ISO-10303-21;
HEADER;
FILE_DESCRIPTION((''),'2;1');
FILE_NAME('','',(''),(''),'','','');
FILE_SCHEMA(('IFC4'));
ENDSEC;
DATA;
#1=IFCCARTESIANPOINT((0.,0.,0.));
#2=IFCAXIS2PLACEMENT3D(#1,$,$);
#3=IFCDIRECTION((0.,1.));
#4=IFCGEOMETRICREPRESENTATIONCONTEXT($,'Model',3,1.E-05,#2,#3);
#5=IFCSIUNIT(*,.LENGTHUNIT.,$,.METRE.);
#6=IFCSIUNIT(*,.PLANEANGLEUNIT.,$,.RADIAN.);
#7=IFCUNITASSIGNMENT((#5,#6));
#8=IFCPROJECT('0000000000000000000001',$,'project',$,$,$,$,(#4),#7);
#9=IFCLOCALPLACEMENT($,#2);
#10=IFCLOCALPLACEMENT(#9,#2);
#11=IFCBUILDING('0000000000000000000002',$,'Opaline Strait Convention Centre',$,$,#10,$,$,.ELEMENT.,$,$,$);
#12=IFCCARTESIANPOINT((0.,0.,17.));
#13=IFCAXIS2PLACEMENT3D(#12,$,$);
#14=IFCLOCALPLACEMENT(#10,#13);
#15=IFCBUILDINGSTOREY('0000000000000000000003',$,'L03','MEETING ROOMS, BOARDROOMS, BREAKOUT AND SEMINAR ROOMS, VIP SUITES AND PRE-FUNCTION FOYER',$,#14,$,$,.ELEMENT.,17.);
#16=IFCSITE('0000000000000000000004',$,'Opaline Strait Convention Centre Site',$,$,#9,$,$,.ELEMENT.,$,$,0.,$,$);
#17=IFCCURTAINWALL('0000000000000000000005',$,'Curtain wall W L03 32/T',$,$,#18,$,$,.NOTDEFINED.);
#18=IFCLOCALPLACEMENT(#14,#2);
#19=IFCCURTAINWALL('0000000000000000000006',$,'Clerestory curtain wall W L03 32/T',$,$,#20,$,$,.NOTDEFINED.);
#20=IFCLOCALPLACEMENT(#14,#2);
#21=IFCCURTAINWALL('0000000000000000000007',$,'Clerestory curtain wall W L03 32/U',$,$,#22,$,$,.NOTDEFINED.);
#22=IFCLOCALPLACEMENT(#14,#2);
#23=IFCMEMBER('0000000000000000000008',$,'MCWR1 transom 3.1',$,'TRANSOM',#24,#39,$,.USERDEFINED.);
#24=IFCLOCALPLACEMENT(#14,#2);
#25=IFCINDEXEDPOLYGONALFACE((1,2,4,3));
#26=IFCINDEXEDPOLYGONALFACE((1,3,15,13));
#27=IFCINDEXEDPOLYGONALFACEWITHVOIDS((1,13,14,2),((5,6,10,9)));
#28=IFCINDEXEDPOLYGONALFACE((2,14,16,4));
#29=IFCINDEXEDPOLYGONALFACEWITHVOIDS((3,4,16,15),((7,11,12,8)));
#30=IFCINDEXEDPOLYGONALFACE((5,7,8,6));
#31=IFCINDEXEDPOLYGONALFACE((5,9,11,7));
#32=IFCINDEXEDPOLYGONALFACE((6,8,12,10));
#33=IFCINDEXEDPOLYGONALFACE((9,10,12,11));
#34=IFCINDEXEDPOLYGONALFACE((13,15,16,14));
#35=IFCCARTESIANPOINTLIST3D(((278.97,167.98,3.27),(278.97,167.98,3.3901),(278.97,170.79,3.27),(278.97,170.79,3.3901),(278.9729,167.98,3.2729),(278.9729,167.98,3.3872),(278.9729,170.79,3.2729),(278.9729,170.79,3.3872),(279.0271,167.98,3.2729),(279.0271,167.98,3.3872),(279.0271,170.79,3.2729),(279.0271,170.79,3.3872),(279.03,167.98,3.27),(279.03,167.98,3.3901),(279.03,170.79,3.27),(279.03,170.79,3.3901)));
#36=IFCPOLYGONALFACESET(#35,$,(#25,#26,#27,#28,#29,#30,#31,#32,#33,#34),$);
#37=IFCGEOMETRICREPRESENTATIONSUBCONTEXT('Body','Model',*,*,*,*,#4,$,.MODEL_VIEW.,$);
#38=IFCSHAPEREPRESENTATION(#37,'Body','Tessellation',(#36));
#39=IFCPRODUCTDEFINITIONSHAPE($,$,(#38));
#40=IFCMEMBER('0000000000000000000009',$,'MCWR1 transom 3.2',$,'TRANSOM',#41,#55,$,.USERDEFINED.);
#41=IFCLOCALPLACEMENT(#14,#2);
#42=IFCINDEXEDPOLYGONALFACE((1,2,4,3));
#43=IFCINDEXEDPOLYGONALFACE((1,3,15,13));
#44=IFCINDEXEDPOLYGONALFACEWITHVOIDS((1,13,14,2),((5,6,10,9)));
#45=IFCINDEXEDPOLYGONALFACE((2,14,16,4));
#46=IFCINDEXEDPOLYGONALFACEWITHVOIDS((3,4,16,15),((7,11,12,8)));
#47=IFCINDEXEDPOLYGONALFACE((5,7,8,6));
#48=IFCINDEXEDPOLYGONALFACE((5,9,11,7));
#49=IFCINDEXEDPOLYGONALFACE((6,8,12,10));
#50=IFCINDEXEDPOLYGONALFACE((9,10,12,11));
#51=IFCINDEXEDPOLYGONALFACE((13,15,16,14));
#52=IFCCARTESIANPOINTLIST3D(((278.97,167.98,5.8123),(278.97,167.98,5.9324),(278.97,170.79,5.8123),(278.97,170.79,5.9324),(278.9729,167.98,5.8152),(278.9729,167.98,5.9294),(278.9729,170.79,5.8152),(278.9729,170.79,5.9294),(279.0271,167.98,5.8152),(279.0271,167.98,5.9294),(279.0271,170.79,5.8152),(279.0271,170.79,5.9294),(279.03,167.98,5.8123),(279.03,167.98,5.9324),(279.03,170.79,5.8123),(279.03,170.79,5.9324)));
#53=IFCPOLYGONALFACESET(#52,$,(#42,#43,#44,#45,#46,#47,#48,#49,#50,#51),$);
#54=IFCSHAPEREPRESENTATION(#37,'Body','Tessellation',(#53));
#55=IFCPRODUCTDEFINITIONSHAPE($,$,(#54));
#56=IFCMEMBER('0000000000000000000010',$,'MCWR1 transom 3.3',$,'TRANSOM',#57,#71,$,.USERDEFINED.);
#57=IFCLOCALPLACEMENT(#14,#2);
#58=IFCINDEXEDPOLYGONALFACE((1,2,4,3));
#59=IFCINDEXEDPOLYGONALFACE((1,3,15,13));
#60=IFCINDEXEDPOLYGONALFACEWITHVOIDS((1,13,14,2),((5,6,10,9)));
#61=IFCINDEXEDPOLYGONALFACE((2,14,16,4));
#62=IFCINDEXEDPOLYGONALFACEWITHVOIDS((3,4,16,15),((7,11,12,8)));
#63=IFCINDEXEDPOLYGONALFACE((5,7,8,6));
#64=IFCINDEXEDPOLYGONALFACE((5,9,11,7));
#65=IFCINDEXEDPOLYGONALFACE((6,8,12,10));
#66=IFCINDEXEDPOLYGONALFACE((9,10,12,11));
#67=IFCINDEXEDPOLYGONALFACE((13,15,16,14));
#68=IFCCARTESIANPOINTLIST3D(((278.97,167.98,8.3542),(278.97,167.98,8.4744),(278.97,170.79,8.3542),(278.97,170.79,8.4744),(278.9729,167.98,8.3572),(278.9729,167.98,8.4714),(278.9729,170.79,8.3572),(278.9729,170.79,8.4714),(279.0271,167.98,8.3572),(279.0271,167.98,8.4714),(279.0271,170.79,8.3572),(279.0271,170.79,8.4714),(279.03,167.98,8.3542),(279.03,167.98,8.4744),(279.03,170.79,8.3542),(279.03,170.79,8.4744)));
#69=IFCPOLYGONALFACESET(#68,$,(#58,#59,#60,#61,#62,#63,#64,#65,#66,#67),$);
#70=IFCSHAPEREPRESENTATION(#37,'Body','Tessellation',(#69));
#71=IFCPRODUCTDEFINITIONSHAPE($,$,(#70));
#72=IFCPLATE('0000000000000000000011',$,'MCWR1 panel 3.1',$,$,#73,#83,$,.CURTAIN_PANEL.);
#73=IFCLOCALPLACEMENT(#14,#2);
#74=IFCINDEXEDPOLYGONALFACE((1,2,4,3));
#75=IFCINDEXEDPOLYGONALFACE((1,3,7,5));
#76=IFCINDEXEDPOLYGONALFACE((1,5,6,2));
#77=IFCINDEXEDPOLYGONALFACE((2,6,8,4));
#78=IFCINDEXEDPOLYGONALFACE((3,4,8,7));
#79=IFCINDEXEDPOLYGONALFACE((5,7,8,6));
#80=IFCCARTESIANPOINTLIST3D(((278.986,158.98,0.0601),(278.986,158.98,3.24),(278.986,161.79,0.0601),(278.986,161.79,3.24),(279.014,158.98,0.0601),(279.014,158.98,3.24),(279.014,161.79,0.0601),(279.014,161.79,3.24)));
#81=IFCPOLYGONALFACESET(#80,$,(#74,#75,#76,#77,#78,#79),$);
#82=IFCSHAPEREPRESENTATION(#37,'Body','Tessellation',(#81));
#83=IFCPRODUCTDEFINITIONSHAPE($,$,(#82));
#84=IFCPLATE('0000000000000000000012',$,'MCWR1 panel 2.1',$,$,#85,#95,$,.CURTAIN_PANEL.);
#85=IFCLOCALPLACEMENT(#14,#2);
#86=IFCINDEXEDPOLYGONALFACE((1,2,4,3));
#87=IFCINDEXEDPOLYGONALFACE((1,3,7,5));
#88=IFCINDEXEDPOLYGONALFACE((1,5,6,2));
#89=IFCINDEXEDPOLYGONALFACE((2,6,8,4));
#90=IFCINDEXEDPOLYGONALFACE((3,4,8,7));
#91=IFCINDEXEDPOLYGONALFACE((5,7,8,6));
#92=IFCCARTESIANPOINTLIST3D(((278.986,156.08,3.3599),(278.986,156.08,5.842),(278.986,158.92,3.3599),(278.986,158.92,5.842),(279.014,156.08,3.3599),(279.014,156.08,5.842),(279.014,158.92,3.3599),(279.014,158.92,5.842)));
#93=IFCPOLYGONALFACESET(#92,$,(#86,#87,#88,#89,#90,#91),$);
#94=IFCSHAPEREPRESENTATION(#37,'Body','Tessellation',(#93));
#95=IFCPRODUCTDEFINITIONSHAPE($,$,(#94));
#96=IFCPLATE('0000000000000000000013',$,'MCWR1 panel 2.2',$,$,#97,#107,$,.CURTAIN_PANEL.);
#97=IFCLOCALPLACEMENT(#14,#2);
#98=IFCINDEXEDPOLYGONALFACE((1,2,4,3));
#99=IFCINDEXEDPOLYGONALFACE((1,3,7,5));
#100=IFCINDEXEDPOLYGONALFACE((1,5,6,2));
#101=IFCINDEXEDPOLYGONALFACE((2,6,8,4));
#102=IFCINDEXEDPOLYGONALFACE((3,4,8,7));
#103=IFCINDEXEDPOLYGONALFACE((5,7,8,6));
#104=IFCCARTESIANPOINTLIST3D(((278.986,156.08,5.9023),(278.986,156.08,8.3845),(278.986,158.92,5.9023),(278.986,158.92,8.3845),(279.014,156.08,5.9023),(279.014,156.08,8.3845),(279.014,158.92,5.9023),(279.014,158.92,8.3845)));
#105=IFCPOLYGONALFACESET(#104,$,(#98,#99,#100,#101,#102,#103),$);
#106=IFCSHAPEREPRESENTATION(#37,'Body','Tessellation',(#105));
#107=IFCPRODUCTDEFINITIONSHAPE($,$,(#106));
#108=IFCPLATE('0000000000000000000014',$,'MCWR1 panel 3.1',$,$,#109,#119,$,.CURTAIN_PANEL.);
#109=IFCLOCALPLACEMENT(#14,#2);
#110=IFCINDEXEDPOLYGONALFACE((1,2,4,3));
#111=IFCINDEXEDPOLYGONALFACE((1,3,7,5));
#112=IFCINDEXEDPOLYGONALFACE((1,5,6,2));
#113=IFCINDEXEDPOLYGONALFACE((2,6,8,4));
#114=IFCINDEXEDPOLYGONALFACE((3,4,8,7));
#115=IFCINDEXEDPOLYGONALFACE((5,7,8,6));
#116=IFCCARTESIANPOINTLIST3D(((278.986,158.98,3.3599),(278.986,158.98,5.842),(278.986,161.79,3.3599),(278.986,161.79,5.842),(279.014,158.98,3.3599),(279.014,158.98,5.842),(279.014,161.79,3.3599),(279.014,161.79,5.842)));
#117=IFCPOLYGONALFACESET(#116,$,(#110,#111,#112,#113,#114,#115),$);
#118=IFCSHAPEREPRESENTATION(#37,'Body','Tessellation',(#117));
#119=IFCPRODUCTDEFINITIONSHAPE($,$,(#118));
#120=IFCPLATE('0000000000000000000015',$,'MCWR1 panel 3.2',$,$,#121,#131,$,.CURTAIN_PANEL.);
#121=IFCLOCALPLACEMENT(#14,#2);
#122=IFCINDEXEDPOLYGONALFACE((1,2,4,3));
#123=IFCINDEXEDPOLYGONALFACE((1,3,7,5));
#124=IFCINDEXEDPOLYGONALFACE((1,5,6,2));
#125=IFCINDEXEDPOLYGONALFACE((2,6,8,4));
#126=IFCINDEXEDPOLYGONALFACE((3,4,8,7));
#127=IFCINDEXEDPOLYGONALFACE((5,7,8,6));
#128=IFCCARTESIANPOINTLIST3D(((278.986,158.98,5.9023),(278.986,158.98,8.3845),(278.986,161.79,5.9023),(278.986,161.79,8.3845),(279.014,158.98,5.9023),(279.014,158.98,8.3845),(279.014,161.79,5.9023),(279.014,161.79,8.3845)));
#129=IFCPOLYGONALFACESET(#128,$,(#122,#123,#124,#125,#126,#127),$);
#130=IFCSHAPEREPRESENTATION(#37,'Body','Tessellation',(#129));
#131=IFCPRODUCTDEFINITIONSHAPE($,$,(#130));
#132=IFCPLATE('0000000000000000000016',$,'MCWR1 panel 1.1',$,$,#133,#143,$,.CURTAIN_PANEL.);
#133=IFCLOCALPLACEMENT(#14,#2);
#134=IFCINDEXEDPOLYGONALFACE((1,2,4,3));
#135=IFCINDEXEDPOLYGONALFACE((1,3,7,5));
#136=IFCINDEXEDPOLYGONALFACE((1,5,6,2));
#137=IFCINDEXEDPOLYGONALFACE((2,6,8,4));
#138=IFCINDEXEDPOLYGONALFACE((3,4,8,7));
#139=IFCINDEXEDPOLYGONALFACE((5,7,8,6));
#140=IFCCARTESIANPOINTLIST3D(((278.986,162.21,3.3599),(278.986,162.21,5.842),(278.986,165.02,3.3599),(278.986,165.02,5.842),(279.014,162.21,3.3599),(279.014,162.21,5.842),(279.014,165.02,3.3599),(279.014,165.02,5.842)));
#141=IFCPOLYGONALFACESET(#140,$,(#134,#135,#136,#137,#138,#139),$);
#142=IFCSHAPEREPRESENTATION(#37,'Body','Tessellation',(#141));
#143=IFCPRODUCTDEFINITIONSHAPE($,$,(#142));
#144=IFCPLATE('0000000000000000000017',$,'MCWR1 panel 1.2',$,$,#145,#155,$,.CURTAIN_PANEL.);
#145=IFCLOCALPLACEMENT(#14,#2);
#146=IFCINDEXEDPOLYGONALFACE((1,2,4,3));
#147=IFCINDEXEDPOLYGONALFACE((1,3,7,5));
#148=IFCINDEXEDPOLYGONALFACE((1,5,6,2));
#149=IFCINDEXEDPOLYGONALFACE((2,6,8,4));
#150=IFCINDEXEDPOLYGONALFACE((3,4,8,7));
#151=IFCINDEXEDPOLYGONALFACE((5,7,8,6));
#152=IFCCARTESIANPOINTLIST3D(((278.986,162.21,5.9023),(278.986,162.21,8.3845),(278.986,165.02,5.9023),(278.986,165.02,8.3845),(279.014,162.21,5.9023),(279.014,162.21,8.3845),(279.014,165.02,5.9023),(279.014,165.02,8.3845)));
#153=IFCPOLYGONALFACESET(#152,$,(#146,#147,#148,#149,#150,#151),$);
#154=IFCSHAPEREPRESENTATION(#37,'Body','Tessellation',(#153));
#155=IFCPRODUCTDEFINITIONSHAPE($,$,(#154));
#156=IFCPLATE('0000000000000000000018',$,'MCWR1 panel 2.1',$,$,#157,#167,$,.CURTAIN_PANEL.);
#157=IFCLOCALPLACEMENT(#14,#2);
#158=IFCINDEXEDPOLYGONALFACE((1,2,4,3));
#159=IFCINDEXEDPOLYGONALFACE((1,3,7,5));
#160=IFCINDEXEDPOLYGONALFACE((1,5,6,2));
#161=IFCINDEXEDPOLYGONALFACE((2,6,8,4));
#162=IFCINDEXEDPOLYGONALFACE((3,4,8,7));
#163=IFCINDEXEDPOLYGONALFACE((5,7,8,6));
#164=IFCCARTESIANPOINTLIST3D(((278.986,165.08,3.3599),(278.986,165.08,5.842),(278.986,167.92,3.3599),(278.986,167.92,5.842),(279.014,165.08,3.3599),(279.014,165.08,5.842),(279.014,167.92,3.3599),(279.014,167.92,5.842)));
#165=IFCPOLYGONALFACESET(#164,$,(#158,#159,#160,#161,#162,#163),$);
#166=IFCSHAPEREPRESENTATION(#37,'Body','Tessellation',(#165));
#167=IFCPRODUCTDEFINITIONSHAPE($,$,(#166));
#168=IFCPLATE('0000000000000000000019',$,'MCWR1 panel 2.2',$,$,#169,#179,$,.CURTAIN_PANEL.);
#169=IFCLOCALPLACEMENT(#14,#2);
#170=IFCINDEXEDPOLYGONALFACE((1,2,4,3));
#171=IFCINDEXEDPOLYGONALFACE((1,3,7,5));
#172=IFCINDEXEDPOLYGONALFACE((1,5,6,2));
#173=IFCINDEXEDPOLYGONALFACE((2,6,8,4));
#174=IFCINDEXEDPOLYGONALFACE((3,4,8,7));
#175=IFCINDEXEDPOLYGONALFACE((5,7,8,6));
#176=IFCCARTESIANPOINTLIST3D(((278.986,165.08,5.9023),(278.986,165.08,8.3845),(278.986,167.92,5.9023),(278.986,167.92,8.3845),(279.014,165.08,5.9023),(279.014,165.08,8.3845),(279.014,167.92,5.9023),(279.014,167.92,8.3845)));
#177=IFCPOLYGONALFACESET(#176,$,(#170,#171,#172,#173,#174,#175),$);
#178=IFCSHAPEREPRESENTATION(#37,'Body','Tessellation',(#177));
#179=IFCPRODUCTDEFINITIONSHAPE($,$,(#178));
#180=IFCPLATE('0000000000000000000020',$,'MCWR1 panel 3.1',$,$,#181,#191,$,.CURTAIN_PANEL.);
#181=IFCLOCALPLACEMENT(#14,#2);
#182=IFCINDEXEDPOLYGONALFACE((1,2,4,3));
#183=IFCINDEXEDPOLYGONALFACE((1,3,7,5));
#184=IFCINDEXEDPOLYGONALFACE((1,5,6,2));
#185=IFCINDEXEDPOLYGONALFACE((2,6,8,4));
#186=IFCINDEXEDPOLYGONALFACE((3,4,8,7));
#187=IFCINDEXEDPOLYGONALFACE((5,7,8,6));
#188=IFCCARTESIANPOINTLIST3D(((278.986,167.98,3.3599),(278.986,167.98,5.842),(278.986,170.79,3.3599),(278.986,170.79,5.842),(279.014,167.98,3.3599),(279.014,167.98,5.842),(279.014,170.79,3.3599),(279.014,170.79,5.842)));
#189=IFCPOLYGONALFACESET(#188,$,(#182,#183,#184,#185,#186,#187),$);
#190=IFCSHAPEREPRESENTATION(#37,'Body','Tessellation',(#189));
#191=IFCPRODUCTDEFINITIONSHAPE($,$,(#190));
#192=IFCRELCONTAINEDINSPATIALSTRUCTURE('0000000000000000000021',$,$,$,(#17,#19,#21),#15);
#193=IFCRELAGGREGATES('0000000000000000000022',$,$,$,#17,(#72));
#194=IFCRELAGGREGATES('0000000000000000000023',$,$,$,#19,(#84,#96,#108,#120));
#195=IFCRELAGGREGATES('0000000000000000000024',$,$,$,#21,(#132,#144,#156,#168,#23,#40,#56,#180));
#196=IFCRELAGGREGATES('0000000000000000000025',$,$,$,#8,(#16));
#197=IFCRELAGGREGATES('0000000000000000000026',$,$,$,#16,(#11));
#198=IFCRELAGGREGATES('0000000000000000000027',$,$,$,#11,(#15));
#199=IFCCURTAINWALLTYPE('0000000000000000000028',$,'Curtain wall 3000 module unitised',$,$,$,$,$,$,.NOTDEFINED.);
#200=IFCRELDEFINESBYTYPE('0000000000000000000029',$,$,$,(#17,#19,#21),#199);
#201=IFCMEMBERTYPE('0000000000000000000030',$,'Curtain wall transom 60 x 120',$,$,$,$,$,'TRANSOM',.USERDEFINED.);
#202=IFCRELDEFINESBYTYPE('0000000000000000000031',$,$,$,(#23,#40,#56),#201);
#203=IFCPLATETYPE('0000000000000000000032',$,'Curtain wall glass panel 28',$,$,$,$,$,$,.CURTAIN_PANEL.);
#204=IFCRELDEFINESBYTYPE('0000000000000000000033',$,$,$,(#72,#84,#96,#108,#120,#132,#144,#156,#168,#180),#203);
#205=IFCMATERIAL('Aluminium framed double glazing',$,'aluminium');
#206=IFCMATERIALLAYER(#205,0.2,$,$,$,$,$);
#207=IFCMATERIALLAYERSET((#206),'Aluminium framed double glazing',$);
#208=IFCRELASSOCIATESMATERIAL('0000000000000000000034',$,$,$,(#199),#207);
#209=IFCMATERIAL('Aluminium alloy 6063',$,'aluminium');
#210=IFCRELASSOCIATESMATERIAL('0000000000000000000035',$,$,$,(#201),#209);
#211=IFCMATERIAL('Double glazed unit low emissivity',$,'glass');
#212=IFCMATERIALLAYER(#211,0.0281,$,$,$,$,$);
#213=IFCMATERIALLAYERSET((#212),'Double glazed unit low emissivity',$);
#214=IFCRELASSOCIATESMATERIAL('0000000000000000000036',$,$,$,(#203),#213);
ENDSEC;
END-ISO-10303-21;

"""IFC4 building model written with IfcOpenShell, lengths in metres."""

from ifc_helpers import new_model, si_unit, direction, frame, origin, origin_2d, place, context, subcontext, project, spatial, rectangle, hollow_rectangle, extrude, material, layer, layer_set, material_profile, profile_set, type_object, element, aggregate, save


model = new_model("IFC4")

# Units and contexts
model_context = context("Model", 3, precision=1e-05, world=origin(), true_north=direction((0.0, 1.0)))
body_context = subcontext(model_context, "Body", "Model", "MODEL_VIEW")
ifc_project = project(units=[si_unit("LENGTHUNIT", "METRE"), si_unit("PLANEANGLEUNIT", "RADIAN")], contexts=[model_context])

# Site, building, storey
site_placement = place(None, origin())
site = spatial("IfcSite", under=ifc_project, at=site_placement, Name="Opaline Strait Convention Centre Site", CompositionType="ELEMENT", RefElevation=0.0)
building_placement = place(site_placement, origin())
building = spatial("IfcBuilding", under=site, at=building_placement, Name="Opaline Strait Convention Centre", CompositionType="ELEMENT")
storey_placement = place(building_placement, frame((0.0, 0.0, 17.0)))
storey = spatial("IfcBuildingStorey", under=building, at=storey_placement, Name="L03", Description="MEETING ROOMS, BOARDROOMS, BREAKOUT AND SEMINAR ROOMS, VIP SUITES AND PRE-FUNCTION FOYER", CompositionType="ELEMENT", Elevation=17.0)

# Curtain walls
ifc_material_1 = material(Name="Aluminium framed double glazing", Category="aluminium")
ifc_layer_1 = layer(ifc_material_1, 0.2)
ifc_layer_set_1 = layer_set([ifc_layer_1], Name="Aluminium framed double glazing")
curtain_wall_type = type_object("IfcCurtainWallType", Name="Curtain wall 3000 module unitised", PredefinedType="NOTDEFINED", material=ifc_layer_set_1)
curtain_wall_1_placement = place(storey_placement, origin())
curtain_wall_1 = element("IfcCurtainWall", 1, at=curtain_wall_1_placement, inside=storey, type_object=curtain_wall_type, Name="Curtain wall W L03 32/T", PredefinedType="NOTDEFINED")
ifc_material_2 = material(Name="Aluminium alloy 6063", Category="aluminium")
curtain_wall_2_placement = place(storey_placement, origin())
curtain_wall_2 = element("IfcCurtainWall", 2, at=curtain_wall_2_placement, inside=storey, type_object=curtain_wall_type, Name="Clerestory curtain wall W L03 32/T", PredefinedType="NOTDEFINED")
curtain_wall_3_placement = place(storey_placement, origin())
curtain_wall_3 = element("IfcCurtainWall", 3, at=curtain_wall_3_placement, inside=storey, type_object=curtain_wall_type, Name="Clerestory curtain wall W L03 32/U", PredefinedType="NOTDEFINED")

# Members
ifc_material_profile_1 = material_profile(ifc_material_2, hollow_rectangle(XDim=0.0601, YDim=0.1201, WallThickness=0.0029, at=origin_2d()), Name="TRANSOM 60x120x3")
ifc_profile_set_1 = profile_set([ifc_material_profile_1], Name="Aluminium alloy 6063")
member_type_1 = type_object("IfcMemberType", Name="Curtain wall transom 60 x 120", ElementType="TRANSOM", PredefinedType="USERDEFINED", material=ifc_profile_set_1)
member_1_placement = place(storey_placement, frame((279.0, 167.98, 3.3301), z_axis=(0.0, 1.0, 0.0), x_axis=(-1.0, 0.0, 0.0)))
member_1 = element("IfcMember", 4, at=member_1_placement, type_object=member_type_1, Name="MCWR1 transom 3.1", ObjectType="TRANSOM", PredefinedType="USERDEFINED", context=body_context, shape_type="SweptSolid", body=[
    extrude(hollow_rectangle(XDim=0.0601, YDim=0.1201, WallThickness=0.0029, at=origin_2d()), origin(), (0.0, 0.0, 1.0), 2.8101),
])
member_2_placement = place(storey_placement, frame((279.0, 167.98, 5.8723), z_axis=(0.0, 1.0, 0.0), x_axis=(-1.0, 0.0, 0.0)))
member_2 = element("IfcMember", 5, at=member_2_placement, type_object=member_type_1, Name="MCWR1 transom 3.2", ObjectType="TRANSOM", PredefinedType="USERDEFINED", context=body_context, shape_type="SweptSolid", body=[
    extrude(hollow_rectangle(XDim=0.0601, YDim=0.1201, WallThickness=0.0029, at=origin_2d()), origin(), (0.0, 0.0, 1.0), 2.8101),
])
member_3_placement = place(storey_placement, frame((279.0, 167.98, 8.4143), z_axis=(0.0, 1.0, 0.0), x_axis=(-1.0, 0.0, 0.0)))
member_3 = element("IfcMember", 6, at=member_3_placement, type_object=member_type_1, Name="MCWR1 transom 3.3", ObjectType="TRANSOM", PredefinedType="USERDEFINED", context=body_context, shape_type="SweptSolid", body=[
    extrude(hollow_rectangle(XDim=0.0601, YDim=0.1201, WallThickness=0.0029, at=origin_2d()), origin(), (0.0, 0.0, 1.0), 2.8101),
])

# Plates
ifc_material_3 = material(Name="Double glazed unit low emissivity", Category="glass")
ifc_layer_2 = layer(ifc_material_3, 0.0281)
ifc_layer_set_2 = layer_set([ifc_layer_2], Name="Double glazed unit low emissivity")
plate_type = type_object("IfcPlateType", Name="Curtain wall glass panel 28", PredefinedType="CURTAIN_PANEL", material=ifc_layer_set_2)
plate_1_placement = place(storey_placement, frame((279.0, 160.385, 0.0601), z_axis=(0.0, 0.0, 1.0), x_axis=(0.0, 1.0, 0.0)))
plate_1 = element("IfcPlate", 7, at=plate_1_placement, type_object=plate_type, Name="MCWR1 panel 3.1", PredefinedType="CURTAIN_PANEL", context=body_context, shape_type="SweptSolid", body=[
    extrude(rectangle(XDim=2.8101, YDim=0.0281, at=origin_2d()), origin(), (0.0, 0.0, 1.0), 3.1799),
])
aggregate(curtain_wall_1, [plate_1])
plate_2_placement = place(storey_placement, frame((279.0, 157.5, 3.3599), z_axis=(0.0, 0.0, 1.0), x_axis=(0.0, 1.0, 0.0)))
plate_2 = element("IfcPlate", 8, at=plate_2_placement, type_object=plate_type, Name="MCWR1 panel 2.1", PredefinedType="CURTAIN_PANEL", context=body_context, shape_type="SweptSolid", body=[
    extrude(rectangle(XDim=2.8401, YDim=0.0281, at=origin_2d()), origin(), (0.0, 0.0, 1.0), 2.4822),
])
plate_3_placement = place(storey_placement, frame((279.0, 157.5, 5.9023), z_axis=(0.0, 0.0, 1.0), x_axis=(0.0, 1.0, 0.0)))
plate_3 = element("IfcPlate", 9, at=plate_3_placement, type_object=plate_type, Name="MCWR1 panel 2.2", PredefinedType="CURTAIN_PANEL", context=body_context, shape_type="SweptSolid", body=[
    extrude(rectangle(XDim=2.8401, YDim=0.0281, at=origin_2d()), origin(), (0.0, 0.0, 1.0), 2.4822),
])
plate_4_placement = place(storey_placement, frame((279.0, 160.385, 3.3599), z_axis=(0.0, 0.0, 1.0), x_axis=(0.0, 1.0, 0.0)))
plate_4 = element("IfcPlate", 10, at=plate_4_placement, type_object=plate_type, Name="MCWR1 panel 3.1", PredefinedType="CURTAIN_PANEL", context=body_context, shape_type="SweptSolid", body=[
    extrude(rectangle(XDim=2.8101, YDim=0.0281, at=origin_2d()), origin(), (0.0, 0.0, 1.0), 2.4822),
])
plate_5_placement = place(storey_placement, frame((279.0, 160.385, 5.9023), z_axis=(0.0, 0.0, 1.0), x_axis=(0.0, 1.0, 0.0)))
plate_5 = element("IfcPlate", 11, at=plate_5_placement, type_object=plate_type, Name="MCWR1 panel 3.2", PredefinedType="CURTAIN_PANEL", context=body_context, shape_type="SweptSolid", body=[
    extrude(rectangle(XDim=2.8101, YDim=0.0281, at=origin_2d()), origin(), (0.0, 0.0, 1.0), 2.4822),
])
aggregate(curtain_wall_2, [plate_2, plate_3, plate_4, plate_5])
plate_6_placement = place(storey_placement, frame((279.0, 163.615, 3.3599), z_axis=(0.0, 0.0, 1.0), x_axis=(0.0, 1.0, 0.0)))
plate_6 = element("IfcPlate", 12, at=plate_6_placement, type_object=plate_type, Name="MCWR1 panel 1.1", PredefinedType="CURTAIN_PANEL", context=body_context, shape_type="SweptSolid", body=[
    extrude(rectangle(XDim=2.8101, YDim=0.0281, at=origin_2d()), origin(), (0.0, 0.0, 1.0), 2.4822),
])
plate_7_placement = place(storey_placement, frame((279.0, 163.615, 5.9023), z_axis=(0.0, 0.0, 1.0), x_axis=(0.0, 1.0, 0.0)))
plate_7 = element("IfcPlate", 13, at=plate_7_placement, type_object=plate_type, Name="MCWR1 panel 1.2", PredefinedType="CURTAIN_PANEL", context=body_context, shape_type="SweptSolid", body=[
    extrude(rectangle(XDim=2.8101, YDim=0.0281, at=origin_2d()), origin(), (0.0, 0.0, 1.0), 2.4822),
])
plate_8_placement = place(storey_placement, frame((279.0, 166.5, 3.3599), z_axis=(0.0, 0.0, 1.0), x_axis=(0.0, 1.0, 0.0)))
plate_8 = element("IfcPlate", 14, at=plate_8_placement, type_object=plate_type, Name="MCWR1 panel 2.1", PredefinedType="CURTAIN_PANEL", context=body_context, shape_type="SweptSolid", body=[
    extrude(rectangle(XDim=2.8401, YDim=0.0281, at=origin_2d()), origin(), (0.0, 0.0, 1.0), 2.4822),
])
plate_9_placement = place(storey_placement, frame((279.0, 166.5, 5.9023), z_axis=(0.0, 0.0, 1.0), x_axis=(0.0, 1.0, 0.0)))
plate_9 = element("IfcPlate", 15, at=plate_9_placement, type_object=plate_type, Name="MCWR1 panel 2.2", PredefinedType="CURTAIN_PANEL", context=body_context, shape_type="SweptSolid", body=[
    extrude(rectangle(XDim=2.8401, YDim=0.0281, at=origin_2d()), origin(), (0.0, 0.0, 1.0), 2.4822),
])
plate_10_placement = place(storey_placement, frame((279.0, 169.385, 3.3599), z_axis=(0.0, 0.0, 1.0), x_axis=(0.0, 1.0, 0.0)))
plate_10 = element("IfcPlate", 16, at=plate_10_placement, type_object=plate_type, Name="MCWR1 panel 3.1", PredefinedType="CURTAIN_PANEL", context=body_context, shape_type="SweptSolid", body=[
    extrude(rectangle(XDim=2.8101, YDim=0.0281, at=origin_2d()), origin(), (0.0, 0.0, 1.0), 2.4822),
])
aggregate(curtain_wall_3, [plate_6, plate_7, plate_8, plate_9, member_1, member_2, member_3, plate_10])

save(model, "model.ifc")
